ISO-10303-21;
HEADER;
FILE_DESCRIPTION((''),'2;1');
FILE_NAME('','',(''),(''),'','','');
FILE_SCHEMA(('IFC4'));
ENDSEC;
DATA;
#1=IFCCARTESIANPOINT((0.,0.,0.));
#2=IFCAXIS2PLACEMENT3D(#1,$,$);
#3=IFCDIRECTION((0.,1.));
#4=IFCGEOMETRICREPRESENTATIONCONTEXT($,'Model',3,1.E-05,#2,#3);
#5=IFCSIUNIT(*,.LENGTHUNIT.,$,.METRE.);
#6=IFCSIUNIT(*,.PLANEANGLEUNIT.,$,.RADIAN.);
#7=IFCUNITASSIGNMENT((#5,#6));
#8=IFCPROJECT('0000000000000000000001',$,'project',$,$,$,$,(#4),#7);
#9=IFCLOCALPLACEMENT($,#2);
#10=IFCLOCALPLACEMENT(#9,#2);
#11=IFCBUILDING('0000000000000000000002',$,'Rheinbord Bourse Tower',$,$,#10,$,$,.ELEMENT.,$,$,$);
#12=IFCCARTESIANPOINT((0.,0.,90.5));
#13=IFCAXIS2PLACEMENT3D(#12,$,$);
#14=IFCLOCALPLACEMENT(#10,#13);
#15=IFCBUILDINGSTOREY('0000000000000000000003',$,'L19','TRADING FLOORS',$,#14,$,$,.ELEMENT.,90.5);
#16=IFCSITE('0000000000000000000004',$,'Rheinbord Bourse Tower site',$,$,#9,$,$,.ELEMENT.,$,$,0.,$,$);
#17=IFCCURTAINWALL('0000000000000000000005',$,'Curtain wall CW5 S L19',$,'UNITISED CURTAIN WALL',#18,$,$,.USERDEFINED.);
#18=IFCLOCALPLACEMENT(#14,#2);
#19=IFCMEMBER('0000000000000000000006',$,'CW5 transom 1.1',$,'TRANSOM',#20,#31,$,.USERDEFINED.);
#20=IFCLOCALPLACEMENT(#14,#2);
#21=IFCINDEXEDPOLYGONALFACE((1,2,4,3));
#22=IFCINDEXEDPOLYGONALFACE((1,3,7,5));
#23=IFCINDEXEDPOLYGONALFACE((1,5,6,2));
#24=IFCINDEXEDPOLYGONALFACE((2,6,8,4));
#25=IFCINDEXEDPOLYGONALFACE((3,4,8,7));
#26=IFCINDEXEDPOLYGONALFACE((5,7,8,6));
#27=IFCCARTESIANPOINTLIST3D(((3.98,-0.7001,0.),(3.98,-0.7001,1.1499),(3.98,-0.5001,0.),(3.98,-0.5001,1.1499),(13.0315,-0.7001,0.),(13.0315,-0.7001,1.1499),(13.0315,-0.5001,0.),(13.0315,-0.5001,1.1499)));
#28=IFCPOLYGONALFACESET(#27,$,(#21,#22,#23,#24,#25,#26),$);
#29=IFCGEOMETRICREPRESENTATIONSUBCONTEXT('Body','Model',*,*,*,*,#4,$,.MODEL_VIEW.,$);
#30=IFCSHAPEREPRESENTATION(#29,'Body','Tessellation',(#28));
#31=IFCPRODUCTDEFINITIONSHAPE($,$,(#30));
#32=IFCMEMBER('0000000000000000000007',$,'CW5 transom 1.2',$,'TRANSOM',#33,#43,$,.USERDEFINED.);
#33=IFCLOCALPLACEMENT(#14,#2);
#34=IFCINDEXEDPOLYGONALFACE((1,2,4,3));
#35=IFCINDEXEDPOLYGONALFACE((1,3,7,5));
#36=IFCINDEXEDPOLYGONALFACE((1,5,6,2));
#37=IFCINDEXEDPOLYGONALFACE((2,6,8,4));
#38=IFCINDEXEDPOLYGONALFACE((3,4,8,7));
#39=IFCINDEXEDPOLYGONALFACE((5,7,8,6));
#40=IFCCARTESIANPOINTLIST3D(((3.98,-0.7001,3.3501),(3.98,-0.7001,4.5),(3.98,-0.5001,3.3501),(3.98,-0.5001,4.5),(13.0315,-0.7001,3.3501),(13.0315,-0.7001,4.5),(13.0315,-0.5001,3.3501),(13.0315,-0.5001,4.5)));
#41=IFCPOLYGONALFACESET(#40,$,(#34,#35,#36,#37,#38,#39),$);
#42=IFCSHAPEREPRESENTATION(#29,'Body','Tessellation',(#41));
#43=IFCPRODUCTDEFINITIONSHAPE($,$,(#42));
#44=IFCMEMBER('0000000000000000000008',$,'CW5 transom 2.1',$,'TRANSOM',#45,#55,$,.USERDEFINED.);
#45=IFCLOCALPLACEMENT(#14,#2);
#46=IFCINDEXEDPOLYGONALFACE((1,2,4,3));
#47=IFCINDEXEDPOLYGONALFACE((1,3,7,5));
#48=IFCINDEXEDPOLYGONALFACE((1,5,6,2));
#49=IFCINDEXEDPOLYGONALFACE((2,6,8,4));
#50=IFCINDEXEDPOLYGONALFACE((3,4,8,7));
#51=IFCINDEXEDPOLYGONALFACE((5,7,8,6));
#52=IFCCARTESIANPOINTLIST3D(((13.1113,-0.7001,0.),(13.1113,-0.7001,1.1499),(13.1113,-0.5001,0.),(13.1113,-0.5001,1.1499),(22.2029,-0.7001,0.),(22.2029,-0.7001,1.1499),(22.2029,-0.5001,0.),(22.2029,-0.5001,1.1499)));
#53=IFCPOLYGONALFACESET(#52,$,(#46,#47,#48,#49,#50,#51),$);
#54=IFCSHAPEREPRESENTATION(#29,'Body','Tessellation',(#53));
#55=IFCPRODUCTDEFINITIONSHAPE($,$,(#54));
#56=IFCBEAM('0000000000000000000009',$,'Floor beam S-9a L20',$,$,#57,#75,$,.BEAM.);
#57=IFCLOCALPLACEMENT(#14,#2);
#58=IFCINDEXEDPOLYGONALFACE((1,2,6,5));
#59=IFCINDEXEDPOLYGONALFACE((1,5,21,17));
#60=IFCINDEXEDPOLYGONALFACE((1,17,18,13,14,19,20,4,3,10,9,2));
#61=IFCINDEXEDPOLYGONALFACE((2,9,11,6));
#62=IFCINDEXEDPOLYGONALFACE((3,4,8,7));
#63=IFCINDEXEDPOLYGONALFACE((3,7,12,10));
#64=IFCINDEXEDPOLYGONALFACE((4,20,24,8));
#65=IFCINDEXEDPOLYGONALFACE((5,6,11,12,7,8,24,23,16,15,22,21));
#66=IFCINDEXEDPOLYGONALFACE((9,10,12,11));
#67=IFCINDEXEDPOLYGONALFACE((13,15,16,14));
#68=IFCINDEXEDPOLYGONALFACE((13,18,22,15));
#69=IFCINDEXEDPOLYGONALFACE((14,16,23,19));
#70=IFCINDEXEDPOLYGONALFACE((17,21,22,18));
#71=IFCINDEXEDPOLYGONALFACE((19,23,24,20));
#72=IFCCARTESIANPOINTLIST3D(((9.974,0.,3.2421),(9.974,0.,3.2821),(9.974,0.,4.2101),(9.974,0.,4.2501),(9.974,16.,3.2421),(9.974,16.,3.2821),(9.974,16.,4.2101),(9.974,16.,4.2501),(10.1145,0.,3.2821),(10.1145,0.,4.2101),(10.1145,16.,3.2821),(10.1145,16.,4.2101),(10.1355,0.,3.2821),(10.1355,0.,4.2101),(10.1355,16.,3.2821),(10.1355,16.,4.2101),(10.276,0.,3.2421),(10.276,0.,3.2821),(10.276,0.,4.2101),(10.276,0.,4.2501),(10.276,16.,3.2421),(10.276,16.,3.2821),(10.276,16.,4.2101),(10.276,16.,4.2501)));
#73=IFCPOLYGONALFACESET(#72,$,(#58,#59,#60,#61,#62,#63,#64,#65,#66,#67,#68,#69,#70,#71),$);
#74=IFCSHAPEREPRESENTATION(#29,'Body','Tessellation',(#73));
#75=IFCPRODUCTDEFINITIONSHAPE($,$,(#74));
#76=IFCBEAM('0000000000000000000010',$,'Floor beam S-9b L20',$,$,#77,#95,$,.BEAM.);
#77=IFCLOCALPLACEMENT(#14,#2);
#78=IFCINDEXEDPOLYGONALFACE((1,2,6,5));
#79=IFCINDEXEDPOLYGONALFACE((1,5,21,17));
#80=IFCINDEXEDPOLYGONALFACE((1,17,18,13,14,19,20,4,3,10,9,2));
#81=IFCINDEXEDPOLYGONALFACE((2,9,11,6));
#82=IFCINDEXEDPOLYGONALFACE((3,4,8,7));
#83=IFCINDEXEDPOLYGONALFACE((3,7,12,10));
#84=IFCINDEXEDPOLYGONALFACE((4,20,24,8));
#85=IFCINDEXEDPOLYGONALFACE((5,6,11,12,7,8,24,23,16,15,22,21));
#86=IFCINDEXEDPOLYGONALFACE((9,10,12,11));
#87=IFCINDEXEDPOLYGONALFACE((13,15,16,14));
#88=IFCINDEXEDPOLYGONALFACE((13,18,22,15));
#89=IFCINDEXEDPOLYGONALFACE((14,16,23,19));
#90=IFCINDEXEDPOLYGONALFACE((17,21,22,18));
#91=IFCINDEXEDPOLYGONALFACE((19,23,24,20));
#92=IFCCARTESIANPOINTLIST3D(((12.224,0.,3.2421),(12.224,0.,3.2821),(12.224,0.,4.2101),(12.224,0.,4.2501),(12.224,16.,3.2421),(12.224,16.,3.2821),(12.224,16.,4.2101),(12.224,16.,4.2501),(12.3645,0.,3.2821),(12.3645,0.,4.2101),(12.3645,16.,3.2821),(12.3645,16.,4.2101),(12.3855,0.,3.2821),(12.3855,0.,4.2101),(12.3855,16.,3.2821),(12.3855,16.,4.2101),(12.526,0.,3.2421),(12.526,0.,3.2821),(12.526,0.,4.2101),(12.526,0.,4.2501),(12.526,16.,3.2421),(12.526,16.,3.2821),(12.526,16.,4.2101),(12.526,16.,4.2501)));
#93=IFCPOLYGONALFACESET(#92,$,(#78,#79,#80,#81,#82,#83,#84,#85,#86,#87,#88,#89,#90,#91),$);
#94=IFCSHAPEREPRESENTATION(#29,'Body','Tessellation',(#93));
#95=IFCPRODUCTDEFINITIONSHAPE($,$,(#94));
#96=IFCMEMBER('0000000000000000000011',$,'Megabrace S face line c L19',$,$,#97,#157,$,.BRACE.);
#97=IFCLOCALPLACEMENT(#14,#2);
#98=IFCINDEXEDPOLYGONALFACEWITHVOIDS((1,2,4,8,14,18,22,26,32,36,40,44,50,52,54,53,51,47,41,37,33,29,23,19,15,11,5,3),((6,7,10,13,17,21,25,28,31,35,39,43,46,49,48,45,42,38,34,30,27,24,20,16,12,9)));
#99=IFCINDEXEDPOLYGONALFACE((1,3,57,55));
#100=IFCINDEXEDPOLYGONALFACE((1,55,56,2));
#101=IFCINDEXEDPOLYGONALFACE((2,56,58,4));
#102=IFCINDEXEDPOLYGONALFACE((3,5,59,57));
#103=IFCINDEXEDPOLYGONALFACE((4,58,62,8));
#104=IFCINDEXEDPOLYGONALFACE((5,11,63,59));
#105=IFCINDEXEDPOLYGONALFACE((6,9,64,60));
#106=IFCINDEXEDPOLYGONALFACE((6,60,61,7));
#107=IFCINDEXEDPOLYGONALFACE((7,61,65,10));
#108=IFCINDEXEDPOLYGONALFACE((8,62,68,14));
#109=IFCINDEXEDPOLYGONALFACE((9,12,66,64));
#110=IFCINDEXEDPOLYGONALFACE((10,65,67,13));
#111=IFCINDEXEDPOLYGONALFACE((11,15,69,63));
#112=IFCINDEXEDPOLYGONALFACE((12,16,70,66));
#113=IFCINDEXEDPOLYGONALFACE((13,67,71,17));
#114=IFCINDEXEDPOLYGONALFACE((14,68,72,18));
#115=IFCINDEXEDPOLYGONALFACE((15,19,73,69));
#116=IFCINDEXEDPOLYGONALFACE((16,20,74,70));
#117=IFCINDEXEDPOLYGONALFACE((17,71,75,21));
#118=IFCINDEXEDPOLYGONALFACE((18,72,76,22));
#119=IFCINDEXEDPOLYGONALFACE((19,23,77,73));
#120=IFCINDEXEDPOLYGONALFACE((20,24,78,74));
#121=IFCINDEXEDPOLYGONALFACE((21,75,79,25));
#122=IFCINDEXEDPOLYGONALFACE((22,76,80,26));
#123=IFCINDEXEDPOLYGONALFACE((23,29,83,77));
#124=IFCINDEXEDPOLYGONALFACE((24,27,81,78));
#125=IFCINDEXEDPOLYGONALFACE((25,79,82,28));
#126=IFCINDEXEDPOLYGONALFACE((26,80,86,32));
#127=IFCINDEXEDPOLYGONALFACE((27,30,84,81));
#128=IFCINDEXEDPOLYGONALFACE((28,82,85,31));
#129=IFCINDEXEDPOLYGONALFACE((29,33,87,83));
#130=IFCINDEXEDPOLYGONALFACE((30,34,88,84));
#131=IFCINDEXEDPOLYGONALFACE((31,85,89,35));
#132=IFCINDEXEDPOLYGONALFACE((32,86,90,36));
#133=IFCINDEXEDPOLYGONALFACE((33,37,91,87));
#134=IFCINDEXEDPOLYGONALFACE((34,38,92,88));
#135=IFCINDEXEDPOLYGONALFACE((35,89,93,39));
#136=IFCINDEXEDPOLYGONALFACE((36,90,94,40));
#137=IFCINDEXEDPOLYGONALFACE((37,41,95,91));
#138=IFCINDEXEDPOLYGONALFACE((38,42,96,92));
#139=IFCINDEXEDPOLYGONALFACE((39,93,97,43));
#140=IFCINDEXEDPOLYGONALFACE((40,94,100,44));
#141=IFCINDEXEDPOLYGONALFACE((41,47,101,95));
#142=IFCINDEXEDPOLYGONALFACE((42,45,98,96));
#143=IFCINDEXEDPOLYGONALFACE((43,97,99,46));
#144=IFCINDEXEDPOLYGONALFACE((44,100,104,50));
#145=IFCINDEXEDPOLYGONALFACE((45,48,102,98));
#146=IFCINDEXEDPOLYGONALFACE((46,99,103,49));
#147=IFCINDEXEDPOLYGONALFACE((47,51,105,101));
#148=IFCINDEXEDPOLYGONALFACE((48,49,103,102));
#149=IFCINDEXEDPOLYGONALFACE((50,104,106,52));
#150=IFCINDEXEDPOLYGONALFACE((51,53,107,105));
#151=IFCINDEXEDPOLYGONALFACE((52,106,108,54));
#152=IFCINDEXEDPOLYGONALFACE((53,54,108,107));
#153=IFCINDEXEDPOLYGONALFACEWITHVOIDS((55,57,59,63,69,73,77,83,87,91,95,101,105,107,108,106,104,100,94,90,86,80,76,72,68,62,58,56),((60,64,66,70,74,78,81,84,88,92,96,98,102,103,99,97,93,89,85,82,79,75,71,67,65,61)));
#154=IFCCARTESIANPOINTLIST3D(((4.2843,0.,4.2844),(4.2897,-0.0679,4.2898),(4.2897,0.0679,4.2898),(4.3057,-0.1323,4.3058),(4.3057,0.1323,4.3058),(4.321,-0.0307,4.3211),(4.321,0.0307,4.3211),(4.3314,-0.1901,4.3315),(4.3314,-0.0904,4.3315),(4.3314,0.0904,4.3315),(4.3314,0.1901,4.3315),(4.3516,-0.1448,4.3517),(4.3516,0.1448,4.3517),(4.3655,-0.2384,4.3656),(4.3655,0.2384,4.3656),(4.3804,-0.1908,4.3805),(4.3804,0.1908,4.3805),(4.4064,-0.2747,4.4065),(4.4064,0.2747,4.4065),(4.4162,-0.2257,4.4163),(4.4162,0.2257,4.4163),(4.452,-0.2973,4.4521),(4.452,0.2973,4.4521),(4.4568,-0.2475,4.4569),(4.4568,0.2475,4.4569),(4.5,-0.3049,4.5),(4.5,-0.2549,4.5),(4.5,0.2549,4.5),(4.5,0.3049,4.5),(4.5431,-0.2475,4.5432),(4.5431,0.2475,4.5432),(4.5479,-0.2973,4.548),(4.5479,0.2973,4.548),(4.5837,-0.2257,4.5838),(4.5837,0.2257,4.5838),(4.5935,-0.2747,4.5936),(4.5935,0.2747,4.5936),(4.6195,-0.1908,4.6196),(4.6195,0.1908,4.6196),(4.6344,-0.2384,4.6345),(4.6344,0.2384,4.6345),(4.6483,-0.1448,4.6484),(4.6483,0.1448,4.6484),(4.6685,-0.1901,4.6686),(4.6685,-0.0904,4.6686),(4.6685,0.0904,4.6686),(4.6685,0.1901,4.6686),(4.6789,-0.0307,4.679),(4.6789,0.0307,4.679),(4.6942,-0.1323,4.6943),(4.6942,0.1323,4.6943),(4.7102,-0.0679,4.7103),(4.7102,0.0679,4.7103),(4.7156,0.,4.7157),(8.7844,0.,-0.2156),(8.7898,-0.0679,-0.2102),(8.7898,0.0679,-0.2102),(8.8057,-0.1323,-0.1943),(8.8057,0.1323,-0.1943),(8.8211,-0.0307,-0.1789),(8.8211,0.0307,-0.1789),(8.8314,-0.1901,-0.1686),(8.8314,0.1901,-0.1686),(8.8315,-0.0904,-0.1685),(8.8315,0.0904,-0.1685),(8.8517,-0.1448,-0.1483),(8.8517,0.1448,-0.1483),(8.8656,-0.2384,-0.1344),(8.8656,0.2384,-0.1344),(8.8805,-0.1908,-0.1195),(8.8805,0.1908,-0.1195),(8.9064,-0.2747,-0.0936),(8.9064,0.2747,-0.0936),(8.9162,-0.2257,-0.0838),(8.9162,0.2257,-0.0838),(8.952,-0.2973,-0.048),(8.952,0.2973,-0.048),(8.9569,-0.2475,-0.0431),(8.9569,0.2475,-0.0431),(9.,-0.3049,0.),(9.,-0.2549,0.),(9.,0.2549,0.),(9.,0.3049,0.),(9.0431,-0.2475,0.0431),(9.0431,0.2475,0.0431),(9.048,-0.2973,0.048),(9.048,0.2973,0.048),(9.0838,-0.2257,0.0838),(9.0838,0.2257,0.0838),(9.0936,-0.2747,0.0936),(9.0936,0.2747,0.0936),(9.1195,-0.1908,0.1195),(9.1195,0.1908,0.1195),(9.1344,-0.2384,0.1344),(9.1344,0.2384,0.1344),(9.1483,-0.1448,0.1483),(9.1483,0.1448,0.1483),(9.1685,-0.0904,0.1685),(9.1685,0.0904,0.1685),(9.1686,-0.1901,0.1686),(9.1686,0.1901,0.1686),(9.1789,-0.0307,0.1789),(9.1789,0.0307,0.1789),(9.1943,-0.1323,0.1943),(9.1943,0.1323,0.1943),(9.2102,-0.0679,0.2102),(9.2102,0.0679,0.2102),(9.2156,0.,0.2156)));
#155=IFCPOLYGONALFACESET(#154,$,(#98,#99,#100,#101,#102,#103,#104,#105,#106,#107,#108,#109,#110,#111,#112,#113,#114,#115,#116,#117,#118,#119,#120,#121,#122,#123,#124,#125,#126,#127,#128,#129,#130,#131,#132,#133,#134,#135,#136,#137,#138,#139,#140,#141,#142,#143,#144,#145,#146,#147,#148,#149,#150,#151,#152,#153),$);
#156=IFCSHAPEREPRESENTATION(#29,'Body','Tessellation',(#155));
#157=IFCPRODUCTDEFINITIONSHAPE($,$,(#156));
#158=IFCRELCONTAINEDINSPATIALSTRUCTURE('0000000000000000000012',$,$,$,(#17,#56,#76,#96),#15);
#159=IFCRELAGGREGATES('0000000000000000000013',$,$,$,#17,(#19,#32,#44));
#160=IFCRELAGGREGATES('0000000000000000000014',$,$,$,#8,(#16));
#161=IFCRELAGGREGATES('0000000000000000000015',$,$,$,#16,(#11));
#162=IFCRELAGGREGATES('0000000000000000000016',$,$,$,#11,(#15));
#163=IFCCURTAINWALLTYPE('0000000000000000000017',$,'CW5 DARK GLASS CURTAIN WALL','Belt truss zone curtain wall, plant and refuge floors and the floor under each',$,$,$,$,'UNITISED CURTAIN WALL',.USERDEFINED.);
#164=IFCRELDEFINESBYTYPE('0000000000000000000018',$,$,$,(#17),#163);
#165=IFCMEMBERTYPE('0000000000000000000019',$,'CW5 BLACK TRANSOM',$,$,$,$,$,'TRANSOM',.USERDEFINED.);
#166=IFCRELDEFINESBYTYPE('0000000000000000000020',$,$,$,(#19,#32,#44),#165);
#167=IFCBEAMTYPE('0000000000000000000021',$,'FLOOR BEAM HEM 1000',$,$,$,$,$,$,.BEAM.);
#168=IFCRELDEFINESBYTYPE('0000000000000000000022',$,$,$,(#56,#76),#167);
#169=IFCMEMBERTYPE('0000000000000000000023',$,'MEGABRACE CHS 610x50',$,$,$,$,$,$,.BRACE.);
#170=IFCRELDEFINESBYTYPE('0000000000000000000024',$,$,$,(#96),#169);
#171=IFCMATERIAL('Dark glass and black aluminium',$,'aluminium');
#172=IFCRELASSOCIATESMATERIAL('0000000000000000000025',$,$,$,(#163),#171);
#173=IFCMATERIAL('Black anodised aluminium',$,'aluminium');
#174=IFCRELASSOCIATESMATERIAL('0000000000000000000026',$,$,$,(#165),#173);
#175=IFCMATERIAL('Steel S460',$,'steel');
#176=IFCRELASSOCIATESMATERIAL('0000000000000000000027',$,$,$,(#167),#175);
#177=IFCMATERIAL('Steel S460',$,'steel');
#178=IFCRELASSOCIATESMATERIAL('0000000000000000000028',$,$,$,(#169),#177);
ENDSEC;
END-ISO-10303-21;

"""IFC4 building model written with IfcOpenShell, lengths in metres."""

from ifc_helpers import new_model, si_unit, direction, frame, origin, origin_2d, place, context, subcontext, project, spatial, rectangle, hollow_circle, i_section, extrude, material, material_profile, profile_set, type_object, element, aggregate, save


model = new_model("IFC4")

# Units and contexts
model_context = context("Model", 3, precision=1e-05, world=origin(), true_north=direction((0.0, 1.0)))
body_context = subcontext(model_context, "Body", "Model", "MODEL_VIEW")
ifc_project = project(units=[si_unit("LENGTHUNIT", "METRE"), si_unit("PLANEANGLEUNIT", "RADIAN")], contexts=[model_context])

# Site, building, storey
site_placement = place(None, origin())
site = spatial("IfcSite", under=ifc_project, at=site_placement, Name="Rheinbord Bourse Tower site", CompositionType="ELEMENT", RefElevation=0.0)
building_placement = place(site_placement, origin())
building = spatial("IfcBuilding", under=site, at=building_placement, Name="Rheinbord Bourse Tower", CompositionType="ELEMENT")
storey_placement = place(building_placement, frame((0.0, 0.0, 90.5)))
storey = spatial("IfcBuildingStorey", under=building, at=storey_placement, Name="L19", Description="TRADING FLOORS", CompositionType="ELEMENT", Elevation=90.5)

# Curtain wall
ifc_material_1 = material(Name="Dark glass and black aluminium", Category="aluminium")
curtain_wall_type = type_object("IfcCurtainWallType", Name="CW5 DARK GLASS CURTAIN WALL", Description="Belt truss zone curtain wall, plant and refuge floors and the floor under each", ElementType="UNITISED CURTAIN WALL", PredefinedType="USERDEFINED", material=ifc_material_1)
curtain_wall_1_placement = place(storey_placement, origin())
curtain_wall_1 = element("IfcCurtainWall", 1, at=curtain_wall_1_placement, inside=storey, type_object=curtain_wall_type, Name="Curtain wall CW5 S L19", ObjectType="UNITISED CURTAIN WALL", PredefinedType="USERDEFINED")

# Members
ifc_material_2 = material(Name="Black anodised aluminium", Category="aluminium")
ifc_material_profile_1 = material_profile(ifc_material_2, rectangle(XDim=0.2, YDim=1.1499, at=origin_2d()), Name="CW5 TRANSOM 1150x200")
ifc_profile_set_1 = profile_set([ifc_material_profile_1], Name="Black anodised aluminium")
member_type_1 = type_object("IfcMemberType", Name="CW5 BLACK TRANSOM", ElementType="TRANSOM", PredefinedType="USERDEFINED", material=ifc_profile_set_1)
member_1_placement = place(storey_placement, frame((3.98, -0.6001, 0.575), z_axis=(1.0, 0.0, 0.0), x_axis=(0.0, 1.0, 0.0)))
member_1 = element("IfcMember", 2, at=member_1_placement, type_object=member_type_1, Name="CW5 transom 1.1", ObjectType="TRANSOM", PredefinedType="USERDEFINED", context=body_context, shape_type="SweptSolid", body=[
    extrude(rectangle(XDim=0.2, YDim=1.1499, at=origin_2d()), origin(), (0.0, 0.0, 1.0), 9.0515),
])
member_2_placement = place(storey_placement, frame((3.98, -0.6001, 3.925), z_axis=(1.0, 0.0, 0.0), x_axis=(0.0, 1.0, 0.0)))
member_2 = element("IfcMember", 3, at=member_2_placement, type_object=member_type_1, Name="CW5 transom 1.2", ObjectType="TRANSOM", PredefinedType="USERDEFINED", context=body_context, shape_type="SweptSolid", body=[
    extrude(rectangle(XDim=0.2, YDim=1.1499, at=origin_2d()), origin(), (0.0, 0.0, 1.0), 9.0515),
])
member_3_placement = place(storey_placement, frame((13.1113, -0.6001, 0.575), z_axis=(1.0, 0.0, 0.0), x_axis=(0.0, 1.0, 0.0)))
member_3 = element("IfcMember", 4, at=member_3_placement, type_object=member_type_1, Name="CW5 transom 2.1", ObjectType="TRANSOM", PredefinedType="USERDEFINED", context=body_context, shape_type="SweptSolid", body=[
    extrude(rectangle(XDim=0.2, YDim=1.1499, at=origin_2d()), origin(), (0.0, 0.0, 1.0), 9.0916),
])

# Beams
ifc_material_3 = material(Name="Steel S460", Category="steel")
ifc_material_profile_2 = material_profile(ifc_material_3, i_section(OverallWidth=0.302, OverallDepth=1.0081, WebThickness=0.021, FlangeThickness=0.04, at=origin_2d()), Name="HEM 1000")
ifc_profile_set_2 = profile_set([ifc_material_profile_2], Name="Steel S460")
beam_type_1 = type_object("IfcBeamType", Name="FLOOR BEAM HEM 1000", PredefinedType="BEAM", material=ifc_profile_set_2)
for number, where, z_axis, x_axis, name in (
    (5, (10.125, 0.0, 3.7461), (0.0, 1.0, 0.0), (-1.0, 0.0, 0.0), "Floor beam S-9a L20"),
    (6, (12.375, 0.0, 3.7461), (0.0, 1.0, 0.0), (-1.0, 0.0, 0.0), "Floor beam S-9b L20"),
):
    element("IfcBeam", number, at=place(storey_placement, frame(where, z_axis=z_axis, x_axis=x_axis)), inside=storey, type_object=beam_type_1, Name=name, PredefinedType="BEAM", context=body_context, shape_type="SweptSolid", body=[
        extrude(i_section(OverallWidth=0.302, OverallDepth=1.0081, WebThickness=0.021, FlangeThickness=0.04, at=origin_2d()), origin(), (0.0, 0.0, 1.0), 16.0),
    ])

# Member
ifc_material_4 = material(Name="Steel S460", Category="steel")
ifc_material_profile_3 = material_profile(ifc_material_4, hollow_circle(Radius=0.3049, WallThickness=0.05, at=origin_2d()), Name="CHS 610x50")
ifc_profile_set_3 = profile_set([ifc_material_profile_3], Name="Steel S460")
member_type_2 = type_object("IfcMemberType", Name="MEGABRACE CHS 610x50", PredefinedType="BRACE", material=ifc_profile_set_3)
member_4_placement = place(storey_placement, frame((9.0, 0.0, 0.0), z_axis=(-0.707107, 0.0, 0.707107), x_axis=(0.0, -1.0, 0.0)))
element("IfcMember", 7, at=member_4_placement, inside=storey, type_object=member_type_2, Name="Megabrace S face line c L19", PredefinedType="BRACE", context=body_context, shape_type="SweptSolid", body=[
    extrude(hollow_circle(Radius=0.3049, WallThickness=0.05, at=origin_2d()), origin(), (0.0, 0.0, 1.0), 6.364),
])

aggregate(curtain_wall_1, [member_1, member_2, member_3])

save(model, "model.ifc")
